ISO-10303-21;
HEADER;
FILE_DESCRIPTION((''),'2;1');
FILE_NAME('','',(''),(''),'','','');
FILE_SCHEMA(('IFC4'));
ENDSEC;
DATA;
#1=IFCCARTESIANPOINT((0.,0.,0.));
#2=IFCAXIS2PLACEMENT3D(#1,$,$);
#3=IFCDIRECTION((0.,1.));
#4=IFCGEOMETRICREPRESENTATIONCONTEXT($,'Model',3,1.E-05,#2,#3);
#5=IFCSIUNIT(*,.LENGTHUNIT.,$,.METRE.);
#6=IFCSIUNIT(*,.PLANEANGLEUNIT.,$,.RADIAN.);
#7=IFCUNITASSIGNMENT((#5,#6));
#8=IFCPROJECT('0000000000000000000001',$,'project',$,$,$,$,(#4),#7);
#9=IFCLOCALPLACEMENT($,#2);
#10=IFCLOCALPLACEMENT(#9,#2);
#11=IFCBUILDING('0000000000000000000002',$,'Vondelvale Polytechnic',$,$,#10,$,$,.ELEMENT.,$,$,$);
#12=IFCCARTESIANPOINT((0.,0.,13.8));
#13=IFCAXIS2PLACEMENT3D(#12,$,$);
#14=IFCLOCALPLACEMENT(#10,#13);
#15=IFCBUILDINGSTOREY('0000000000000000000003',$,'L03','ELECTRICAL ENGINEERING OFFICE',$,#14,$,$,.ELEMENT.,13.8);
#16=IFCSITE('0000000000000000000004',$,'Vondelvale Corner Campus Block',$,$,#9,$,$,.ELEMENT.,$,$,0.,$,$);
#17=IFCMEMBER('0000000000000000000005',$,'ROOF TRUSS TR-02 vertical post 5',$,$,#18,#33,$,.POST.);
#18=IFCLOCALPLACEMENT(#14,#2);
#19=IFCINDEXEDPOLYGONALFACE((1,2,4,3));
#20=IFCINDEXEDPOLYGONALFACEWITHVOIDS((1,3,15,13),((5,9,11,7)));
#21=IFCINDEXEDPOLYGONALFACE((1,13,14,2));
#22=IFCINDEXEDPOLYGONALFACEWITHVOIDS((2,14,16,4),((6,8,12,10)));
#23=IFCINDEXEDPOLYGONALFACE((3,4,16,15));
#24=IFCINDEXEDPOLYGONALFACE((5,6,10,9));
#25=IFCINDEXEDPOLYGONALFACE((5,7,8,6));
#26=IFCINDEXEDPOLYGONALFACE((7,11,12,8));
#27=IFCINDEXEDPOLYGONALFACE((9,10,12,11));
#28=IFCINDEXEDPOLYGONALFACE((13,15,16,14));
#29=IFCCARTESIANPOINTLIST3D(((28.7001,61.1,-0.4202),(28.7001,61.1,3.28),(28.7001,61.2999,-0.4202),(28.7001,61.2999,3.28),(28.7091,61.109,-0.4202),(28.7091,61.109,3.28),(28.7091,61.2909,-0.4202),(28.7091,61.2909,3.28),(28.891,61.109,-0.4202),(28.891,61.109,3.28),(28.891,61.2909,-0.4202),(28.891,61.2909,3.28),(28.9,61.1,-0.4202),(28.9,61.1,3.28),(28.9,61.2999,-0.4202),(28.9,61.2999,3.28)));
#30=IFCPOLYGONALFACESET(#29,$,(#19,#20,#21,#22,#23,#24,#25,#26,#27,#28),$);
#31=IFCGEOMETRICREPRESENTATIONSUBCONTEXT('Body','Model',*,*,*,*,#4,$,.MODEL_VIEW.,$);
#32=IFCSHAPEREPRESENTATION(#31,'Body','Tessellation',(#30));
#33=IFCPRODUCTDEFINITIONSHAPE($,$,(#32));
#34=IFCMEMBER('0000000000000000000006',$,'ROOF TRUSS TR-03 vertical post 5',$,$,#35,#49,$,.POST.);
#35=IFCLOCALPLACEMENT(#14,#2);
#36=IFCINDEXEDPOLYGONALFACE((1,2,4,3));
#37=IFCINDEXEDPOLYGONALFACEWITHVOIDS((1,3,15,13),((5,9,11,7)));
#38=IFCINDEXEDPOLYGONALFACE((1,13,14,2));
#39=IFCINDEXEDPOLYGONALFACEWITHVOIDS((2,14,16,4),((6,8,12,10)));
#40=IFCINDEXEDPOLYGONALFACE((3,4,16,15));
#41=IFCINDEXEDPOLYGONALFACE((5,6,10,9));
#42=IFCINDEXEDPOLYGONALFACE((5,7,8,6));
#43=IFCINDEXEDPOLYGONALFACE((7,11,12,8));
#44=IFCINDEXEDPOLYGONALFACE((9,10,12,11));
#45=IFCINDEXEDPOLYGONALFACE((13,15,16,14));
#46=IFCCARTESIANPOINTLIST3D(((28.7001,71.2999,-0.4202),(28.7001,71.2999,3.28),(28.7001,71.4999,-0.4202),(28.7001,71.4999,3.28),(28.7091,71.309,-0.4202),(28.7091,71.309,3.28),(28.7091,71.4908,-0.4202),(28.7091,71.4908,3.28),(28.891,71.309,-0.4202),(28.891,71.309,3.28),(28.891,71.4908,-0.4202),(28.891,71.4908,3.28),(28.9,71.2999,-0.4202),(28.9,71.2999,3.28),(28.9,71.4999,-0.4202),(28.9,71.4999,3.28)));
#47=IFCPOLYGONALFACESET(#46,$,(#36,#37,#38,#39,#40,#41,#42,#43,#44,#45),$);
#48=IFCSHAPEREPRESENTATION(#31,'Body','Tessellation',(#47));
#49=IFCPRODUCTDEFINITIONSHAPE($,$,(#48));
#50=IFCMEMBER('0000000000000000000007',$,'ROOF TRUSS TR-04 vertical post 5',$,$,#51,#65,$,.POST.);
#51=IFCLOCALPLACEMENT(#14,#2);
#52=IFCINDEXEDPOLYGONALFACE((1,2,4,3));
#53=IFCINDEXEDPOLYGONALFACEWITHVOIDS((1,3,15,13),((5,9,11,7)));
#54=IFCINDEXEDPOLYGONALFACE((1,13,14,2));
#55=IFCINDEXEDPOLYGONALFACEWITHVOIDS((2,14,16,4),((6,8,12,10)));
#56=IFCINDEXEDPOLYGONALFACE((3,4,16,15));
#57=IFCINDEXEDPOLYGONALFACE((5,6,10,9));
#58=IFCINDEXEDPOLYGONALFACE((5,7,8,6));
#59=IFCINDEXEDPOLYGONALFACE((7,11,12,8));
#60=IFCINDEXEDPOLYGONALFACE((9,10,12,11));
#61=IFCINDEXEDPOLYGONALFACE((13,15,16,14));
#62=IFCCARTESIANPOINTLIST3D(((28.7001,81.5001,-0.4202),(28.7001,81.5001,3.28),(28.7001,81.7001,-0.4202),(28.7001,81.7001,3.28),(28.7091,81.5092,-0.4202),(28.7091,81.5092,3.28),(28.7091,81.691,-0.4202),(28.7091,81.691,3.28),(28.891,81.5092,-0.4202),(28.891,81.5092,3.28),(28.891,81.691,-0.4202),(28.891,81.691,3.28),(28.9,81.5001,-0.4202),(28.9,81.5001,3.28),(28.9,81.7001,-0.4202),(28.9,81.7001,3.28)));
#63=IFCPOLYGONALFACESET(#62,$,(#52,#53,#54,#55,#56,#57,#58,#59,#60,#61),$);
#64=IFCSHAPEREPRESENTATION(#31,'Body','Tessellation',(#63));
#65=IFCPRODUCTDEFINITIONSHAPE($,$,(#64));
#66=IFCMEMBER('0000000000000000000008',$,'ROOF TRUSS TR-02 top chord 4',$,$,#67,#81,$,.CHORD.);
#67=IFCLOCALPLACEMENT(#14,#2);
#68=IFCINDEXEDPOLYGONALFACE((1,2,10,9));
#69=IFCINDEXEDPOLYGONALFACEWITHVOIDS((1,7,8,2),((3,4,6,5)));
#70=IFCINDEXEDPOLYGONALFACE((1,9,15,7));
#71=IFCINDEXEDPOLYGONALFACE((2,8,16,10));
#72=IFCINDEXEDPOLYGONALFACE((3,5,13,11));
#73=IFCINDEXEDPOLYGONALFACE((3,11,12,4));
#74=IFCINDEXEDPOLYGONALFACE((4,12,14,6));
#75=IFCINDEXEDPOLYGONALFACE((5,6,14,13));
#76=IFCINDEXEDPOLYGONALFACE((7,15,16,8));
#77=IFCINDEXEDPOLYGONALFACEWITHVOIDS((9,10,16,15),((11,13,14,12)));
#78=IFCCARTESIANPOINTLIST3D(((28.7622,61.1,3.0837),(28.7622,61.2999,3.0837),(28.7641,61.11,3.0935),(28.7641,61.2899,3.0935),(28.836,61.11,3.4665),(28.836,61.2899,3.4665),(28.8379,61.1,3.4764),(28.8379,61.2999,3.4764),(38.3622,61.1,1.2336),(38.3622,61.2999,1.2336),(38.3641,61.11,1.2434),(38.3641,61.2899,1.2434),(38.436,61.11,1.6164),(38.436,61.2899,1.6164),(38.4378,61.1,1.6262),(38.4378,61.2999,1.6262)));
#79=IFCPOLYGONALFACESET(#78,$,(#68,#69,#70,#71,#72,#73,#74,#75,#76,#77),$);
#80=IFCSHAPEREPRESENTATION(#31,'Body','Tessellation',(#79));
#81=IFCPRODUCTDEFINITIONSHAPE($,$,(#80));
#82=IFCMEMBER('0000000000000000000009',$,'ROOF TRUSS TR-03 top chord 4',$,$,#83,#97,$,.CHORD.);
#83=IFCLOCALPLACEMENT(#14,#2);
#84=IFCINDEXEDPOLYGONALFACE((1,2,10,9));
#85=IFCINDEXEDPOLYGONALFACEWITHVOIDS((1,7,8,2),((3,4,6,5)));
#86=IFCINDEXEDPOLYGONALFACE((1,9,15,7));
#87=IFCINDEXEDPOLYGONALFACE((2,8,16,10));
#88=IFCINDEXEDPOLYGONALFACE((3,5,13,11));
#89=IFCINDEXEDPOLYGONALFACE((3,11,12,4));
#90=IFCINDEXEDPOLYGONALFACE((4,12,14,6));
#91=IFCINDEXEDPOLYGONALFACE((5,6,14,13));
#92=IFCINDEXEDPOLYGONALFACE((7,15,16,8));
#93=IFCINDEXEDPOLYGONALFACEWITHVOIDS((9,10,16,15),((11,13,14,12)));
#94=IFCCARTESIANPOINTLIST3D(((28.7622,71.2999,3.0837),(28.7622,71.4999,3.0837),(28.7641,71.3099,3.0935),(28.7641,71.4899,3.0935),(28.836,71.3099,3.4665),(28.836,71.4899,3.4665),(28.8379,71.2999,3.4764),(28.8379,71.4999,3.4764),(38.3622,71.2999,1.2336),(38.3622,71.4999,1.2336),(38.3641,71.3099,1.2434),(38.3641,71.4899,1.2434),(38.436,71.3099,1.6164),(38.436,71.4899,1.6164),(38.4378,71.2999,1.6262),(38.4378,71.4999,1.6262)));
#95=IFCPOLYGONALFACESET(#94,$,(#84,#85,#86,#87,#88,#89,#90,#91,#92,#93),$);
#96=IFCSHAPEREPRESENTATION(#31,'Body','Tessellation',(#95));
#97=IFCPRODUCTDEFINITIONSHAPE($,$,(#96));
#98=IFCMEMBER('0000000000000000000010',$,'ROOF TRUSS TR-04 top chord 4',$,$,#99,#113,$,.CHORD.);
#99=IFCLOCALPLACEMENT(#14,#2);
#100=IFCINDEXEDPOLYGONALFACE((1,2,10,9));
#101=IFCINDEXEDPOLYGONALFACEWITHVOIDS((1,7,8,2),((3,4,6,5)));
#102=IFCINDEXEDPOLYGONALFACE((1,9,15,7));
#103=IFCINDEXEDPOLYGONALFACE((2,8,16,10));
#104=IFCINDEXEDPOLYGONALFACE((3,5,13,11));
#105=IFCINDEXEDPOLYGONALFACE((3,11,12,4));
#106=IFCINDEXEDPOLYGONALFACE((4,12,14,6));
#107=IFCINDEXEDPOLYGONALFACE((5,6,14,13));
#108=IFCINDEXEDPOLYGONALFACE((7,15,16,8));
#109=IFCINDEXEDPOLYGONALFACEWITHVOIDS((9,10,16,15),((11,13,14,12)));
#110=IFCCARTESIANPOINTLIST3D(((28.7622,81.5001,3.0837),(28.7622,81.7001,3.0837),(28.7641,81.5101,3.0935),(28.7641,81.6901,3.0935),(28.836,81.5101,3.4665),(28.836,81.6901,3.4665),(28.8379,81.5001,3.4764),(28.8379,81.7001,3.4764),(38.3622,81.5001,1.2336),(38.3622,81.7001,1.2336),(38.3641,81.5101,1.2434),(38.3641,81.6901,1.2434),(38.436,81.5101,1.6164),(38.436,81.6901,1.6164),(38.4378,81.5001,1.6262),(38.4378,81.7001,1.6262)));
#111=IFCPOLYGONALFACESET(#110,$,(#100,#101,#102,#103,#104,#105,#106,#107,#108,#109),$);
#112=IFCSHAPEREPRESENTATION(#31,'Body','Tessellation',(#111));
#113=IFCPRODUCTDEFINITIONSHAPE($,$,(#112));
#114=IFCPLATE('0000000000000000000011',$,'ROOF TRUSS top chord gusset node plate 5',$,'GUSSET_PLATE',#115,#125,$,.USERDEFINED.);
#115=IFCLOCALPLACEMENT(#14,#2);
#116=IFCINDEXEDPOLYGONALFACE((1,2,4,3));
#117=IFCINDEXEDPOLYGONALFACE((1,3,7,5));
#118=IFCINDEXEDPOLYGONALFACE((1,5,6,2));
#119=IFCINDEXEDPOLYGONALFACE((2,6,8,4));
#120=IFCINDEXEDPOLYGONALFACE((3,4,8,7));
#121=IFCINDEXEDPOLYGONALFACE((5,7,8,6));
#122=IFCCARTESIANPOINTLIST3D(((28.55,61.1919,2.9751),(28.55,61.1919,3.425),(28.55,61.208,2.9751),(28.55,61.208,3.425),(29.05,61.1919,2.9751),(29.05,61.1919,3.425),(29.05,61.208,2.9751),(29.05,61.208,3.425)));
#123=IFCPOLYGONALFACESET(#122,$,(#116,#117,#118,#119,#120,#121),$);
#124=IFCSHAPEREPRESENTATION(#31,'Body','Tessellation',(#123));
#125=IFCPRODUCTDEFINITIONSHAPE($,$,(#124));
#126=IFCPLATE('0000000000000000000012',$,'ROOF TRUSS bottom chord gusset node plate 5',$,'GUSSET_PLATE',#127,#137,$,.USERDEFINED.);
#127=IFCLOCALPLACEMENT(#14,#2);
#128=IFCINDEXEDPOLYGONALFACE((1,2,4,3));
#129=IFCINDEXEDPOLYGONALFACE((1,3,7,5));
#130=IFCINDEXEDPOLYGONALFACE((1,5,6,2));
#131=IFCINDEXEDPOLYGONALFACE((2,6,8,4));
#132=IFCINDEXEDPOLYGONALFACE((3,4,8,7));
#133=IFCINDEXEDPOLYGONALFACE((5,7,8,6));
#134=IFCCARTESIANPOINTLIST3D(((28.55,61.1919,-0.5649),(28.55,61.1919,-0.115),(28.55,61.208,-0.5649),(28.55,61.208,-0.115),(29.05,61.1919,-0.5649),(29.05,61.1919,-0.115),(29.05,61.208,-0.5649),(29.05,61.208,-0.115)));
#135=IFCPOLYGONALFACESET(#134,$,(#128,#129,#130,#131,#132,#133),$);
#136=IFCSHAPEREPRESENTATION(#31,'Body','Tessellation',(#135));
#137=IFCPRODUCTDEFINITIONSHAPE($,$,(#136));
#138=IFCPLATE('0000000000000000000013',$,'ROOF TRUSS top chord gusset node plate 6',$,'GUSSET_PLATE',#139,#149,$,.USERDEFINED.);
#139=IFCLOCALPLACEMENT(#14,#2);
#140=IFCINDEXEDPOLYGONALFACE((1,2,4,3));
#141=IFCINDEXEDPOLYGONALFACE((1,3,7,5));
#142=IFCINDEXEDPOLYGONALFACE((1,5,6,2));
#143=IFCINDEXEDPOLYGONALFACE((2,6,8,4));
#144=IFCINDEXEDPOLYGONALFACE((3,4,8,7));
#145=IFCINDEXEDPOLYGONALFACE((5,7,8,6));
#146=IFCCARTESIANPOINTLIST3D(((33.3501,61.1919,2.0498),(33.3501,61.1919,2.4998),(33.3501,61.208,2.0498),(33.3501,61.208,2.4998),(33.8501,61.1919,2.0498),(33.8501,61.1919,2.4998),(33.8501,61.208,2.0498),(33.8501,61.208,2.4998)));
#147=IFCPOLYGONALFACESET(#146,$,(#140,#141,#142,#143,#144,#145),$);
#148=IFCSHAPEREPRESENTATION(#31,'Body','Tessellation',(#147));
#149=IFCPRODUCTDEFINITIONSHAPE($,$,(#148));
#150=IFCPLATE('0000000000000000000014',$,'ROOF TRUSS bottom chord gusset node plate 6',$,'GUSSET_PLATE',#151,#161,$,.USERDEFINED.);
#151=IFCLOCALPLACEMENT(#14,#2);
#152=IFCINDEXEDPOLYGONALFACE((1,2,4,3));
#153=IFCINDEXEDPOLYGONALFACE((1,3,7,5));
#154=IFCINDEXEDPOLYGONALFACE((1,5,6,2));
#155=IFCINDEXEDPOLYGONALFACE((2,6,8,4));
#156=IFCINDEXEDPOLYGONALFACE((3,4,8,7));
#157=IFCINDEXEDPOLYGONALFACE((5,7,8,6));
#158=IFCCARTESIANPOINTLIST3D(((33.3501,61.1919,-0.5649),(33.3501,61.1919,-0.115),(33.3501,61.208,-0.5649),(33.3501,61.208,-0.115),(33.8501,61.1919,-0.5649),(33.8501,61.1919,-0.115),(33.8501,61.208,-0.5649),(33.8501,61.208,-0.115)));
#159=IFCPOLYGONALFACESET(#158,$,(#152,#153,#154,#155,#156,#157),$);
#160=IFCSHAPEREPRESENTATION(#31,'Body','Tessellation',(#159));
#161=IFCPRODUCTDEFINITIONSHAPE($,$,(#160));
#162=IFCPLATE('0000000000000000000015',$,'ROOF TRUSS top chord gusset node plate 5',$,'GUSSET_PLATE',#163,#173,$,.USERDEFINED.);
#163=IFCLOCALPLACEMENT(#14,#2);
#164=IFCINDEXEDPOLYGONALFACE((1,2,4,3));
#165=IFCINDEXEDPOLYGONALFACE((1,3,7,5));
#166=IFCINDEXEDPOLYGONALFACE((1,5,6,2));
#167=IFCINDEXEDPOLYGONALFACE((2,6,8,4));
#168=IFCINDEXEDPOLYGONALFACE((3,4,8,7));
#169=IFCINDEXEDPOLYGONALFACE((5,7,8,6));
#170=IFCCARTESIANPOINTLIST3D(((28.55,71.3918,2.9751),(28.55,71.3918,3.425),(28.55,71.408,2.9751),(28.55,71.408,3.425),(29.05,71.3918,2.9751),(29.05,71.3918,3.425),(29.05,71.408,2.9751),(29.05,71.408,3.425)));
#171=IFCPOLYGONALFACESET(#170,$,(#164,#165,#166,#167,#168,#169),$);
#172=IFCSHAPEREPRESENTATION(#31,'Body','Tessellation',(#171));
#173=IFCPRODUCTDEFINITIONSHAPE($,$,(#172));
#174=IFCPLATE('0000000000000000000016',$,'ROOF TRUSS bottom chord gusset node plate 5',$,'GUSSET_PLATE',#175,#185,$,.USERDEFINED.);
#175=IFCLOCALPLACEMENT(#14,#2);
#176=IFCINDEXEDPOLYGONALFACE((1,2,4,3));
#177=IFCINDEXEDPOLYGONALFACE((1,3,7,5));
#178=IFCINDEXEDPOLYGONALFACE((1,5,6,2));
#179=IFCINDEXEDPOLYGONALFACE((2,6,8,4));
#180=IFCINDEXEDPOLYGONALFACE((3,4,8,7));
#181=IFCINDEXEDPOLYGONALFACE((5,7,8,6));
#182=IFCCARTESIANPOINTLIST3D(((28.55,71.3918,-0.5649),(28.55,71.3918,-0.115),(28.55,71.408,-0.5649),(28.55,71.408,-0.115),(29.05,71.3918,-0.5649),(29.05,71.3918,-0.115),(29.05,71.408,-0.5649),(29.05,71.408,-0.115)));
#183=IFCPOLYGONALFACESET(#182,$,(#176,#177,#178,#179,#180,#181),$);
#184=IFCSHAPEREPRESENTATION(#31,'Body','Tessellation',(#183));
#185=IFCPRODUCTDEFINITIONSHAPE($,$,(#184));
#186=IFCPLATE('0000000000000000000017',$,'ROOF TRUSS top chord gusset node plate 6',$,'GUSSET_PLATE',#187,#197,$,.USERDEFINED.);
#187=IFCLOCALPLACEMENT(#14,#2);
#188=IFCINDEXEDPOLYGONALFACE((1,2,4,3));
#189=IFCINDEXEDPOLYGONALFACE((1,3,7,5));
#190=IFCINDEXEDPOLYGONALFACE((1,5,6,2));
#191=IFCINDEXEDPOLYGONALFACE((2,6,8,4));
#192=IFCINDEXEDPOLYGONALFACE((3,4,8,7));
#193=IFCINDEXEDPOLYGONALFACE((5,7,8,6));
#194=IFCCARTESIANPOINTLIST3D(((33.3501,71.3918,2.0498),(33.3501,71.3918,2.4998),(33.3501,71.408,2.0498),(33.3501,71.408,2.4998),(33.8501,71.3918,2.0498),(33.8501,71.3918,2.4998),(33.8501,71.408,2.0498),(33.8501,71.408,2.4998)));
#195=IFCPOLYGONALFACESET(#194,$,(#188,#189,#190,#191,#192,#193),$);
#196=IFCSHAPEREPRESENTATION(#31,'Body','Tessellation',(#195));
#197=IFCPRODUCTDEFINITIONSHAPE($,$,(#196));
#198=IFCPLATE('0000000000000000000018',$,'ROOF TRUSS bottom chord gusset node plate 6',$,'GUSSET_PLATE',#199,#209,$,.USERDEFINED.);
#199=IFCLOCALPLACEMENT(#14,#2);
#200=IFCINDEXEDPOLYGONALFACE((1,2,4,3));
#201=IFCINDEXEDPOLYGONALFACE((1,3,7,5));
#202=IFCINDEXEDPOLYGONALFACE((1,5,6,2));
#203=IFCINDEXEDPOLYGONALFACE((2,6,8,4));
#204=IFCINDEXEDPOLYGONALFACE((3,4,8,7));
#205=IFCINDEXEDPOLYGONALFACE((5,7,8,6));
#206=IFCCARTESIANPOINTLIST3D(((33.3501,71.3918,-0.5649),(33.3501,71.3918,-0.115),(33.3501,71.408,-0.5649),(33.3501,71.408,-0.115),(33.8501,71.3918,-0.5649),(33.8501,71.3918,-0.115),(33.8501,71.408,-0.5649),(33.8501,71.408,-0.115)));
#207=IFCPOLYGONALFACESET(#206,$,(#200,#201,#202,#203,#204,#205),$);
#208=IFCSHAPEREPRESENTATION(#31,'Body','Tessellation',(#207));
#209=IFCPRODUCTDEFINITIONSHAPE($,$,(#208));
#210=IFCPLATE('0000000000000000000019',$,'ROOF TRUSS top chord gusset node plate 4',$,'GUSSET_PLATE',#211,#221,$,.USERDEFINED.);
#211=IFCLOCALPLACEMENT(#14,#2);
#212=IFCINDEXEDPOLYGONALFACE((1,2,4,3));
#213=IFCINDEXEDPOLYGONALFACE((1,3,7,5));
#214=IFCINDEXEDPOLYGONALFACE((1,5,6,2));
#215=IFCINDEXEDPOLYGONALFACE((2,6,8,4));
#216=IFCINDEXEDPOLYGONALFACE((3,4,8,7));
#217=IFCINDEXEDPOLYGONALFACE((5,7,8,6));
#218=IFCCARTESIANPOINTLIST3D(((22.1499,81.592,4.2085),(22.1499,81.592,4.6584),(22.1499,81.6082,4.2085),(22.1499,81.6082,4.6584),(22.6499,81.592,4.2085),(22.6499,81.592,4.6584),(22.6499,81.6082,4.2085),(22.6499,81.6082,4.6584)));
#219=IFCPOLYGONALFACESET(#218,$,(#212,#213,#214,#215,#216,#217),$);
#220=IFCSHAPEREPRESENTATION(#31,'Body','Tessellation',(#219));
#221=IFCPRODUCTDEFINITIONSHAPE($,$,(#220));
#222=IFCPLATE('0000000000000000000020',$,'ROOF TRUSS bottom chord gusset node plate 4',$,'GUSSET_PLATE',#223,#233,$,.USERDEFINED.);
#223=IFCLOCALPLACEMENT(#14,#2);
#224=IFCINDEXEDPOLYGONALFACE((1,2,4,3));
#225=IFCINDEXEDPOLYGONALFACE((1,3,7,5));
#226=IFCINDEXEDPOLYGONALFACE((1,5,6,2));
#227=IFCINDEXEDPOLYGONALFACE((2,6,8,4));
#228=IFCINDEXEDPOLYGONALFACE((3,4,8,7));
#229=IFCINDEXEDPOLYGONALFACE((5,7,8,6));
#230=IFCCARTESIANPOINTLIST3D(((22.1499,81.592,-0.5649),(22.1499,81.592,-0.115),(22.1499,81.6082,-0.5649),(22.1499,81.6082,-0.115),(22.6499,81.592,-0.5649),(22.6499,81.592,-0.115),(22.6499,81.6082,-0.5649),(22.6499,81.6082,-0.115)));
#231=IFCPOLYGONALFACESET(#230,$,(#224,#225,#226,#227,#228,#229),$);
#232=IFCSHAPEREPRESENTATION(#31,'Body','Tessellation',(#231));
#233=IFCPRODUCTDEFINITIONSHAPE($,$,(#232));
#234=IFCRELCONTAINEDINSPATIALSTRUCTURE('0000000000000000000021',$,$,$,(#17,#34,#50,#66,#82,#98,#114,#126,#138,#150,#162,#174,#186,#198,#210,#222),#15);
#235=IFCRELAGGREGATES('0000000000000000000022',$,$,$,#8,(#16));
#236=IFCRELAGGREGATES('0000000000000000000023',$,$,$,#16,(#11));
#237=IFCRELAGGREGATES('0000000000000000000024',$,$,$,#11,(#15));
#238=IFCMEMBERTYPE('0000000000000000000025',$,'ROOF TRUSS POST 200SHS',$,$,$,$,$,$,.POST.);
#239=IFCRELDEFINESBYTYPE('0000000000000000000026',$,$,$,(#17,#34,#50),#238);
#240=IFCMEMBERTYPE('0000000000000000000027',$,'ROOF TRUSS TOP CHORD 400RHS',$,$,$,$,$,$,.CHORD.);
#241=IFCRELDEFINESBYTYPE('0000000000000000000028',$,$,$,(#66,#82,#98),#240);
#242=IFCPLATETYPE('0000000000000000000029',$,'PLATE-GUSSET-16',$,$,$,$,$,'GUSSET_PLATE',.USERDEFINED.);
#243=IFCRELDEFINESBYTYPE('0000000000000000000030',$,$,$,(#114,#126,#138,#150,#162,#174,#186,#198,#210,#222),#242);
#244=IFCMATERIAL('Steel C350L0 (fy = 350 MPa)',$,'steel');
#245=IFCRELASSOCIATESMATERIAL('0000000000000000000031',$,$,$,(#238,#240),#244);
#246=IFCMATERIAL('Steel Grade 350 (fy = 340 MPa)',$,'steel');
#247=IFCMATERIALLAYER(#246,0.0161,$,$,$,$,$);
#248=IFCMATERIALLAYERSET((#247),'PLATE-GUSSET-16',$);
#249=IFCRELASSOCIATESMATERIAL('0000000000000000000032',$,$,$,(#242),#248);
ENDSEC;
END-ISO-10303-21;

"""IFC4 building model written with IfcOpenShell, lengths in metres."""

from ifc_helpers import new_model, si_unit, direction, frame, origin, origin_2d, place, context, subcontext, project, spatial, rectangle, hollow_rectangle, extrude, material, layer, layer_set, material_profile, profile_set, type_object, element, save


model = new_model("IFC4")

# Units and contexts
model_context = context("Model", 3, precision=1e-05, world=origin(), true_north=direction((0.0, 1.0)))
body_context = subcontext(model_context, "Body", "Model", "MODEL_VIEW")
ifc_project = project(units=[si_unit("LENGTHUNIT", "METRE"), si_unit("PLANEANGLEUNIT", "RADIAN")], contexts=[model_context])

# Site, building, storey
site_placement = place(None, origin())
site = spatial("IfcSite", under=ifc_project, at=site_placement, Name="Vondelvale Corner Campus Block", CompositionType="ELEMENT", RefElevation=0.0)
building_placement = place(site_placement, origin())
building = spatial("IfcBuilding", under=site, at=building_placement, Name="Vondelvale Polytechnic", CompositionType="ELEMENT")
storey_placement = place(building_placement, frame((0.0, 0.0, 13.8)))
storey = spatial("IfcBuildingStorey", under=building, at=storey_placement, Name="L03", Description="ELECTRICAL ENGINEERING OFFICE", CompositionType="ELEMENT", Elevation=13.8)

# Members
ifc_material_1 = material(Name="Steel C350L0 (fy = 350 MPa)", Category="steel")
ifc_material_profile_1 = material_profile(ifc_material_1, hollow_rectangle(XDim=0.2, YDim=0.2, WallThickness=0.009, at=origin_2d()), Name="200x200x9.0SHS")
ifc_profile_set_1 = profile_set([ifc_material_profile_1], Name="Steel C350L0 (fy = 350 MPa)")
member_type_1 = type_object("IfcMemberType", Name="ROOF TRUSS POST 200SHS", PredefinedType="POST", material=ifc_profile_set_1)
for number, where, z_axis, x_axis, name in (
    (1, (28.8, 61.2, -0.4202), (0.0, 0.0, 1.0), (1.0, 0.0, 0.0), "ROOF TRUSS TR-02 vertical post 5"),
    (2, (28.8, 71.3999, -0.4202), (0.0, 0.0, 1.0), (1.0, 0.0, 0.0), "ROOF TRUSS TR-03 vertical post 5"),
    (3, (28.8, 81.6001, -0.4202), (0.0, 0.0, 1.0), (1.0, 0.0, 0.0), "ROOF TRUSS TR-04 vertical post 5"),
):
    element("IfcMember", number, at=place(storey_placement, frame(where, z_axis=z_axis, x_axis=x_axis)), inside=storey, type_object=member_type_1, Name=name, PredefinedType="POST", context=body_context, shape_type="SweptSolid", body=[
        extrude(hollow_rectangle(XDim=0.2, YDim=0.2, WallThickness=0.009, at=origin_2d()), origin(), (0.0, 0.0, 1.0), 3.7002),
    ])
ifc_material_profile_2 = material_profile(ifc_material_1, hollow_rectangle(XDim=0.2, YDim=0.3999, WallThickness=0.01, at=origin_2d()), Name="400x200x10.0RHS")
ifc_profile_set_2 = profile_set([ifc_material_profile_2], Name="Steel C350L0 (fy = 350 MPa)")
member_type_2 = type_object("IfcMemberType", Name="ROOF TRUSS TOP CHORD 400RHS", PredefinedType="CHORD", material=ifc_profile_set_2)
for number, where, z_axis, x_axis, name in (
    (4, (28.8, 61.2, 3.28), (0.981931, 0.0, -0.189239), (0.0, 1.0, 0.0), "ROOF TRUSS TR-02 top chord 4"),
    (5, (28.8, 71.3999, 3.28), (0.981931, 0.0, -0.189239), (0.0, 1.0, 0.0), "ROOF TRUSS TR-03 top chord 4"),
    (6, (28.8, 81.6001, 3.28), (0.981931, 0.0, -0.189239), (0.0, 1.0, 0.0), "ROOF TRUSS TR-04 top chord 4"),
):
    element("IfcMember", number, at=place(storey_placement, frame(where, z_axis=z_axis, x_axis=x_axis)), inside=storey, type_object=member_type_2, Name=name, PredefinedType="CHORD", context=body_context, shape_type="SweptSolid", body=[
        extrude(hollow_rectangle(XDim=0.2, YDim=0.3999, WallThickness=0.01, at=origin_2d()), origin(), (0.0, 0.0, 1.0), 9.7766),
    ])

# Plates
ifc_material_2 = material(Name="Steel Grade 350 (fy = 340 MPa)", Category="steel")
ifc_layer = layer(ifc_material_2, 0.0161)
ifc_layer_set = layer_set([ifc_layer], Name="PLATE-GUSSET-16")
plate_type = type_object("IfcPlateType", Name="PLATE-GUSSET-16", ElementType="GUSSET_PLATE", PredefinedType="USERDEFINED", material=ifc_layer_set)
for number, where, z_axis, x_axis, name in (
    (7, (28.8, 61.2, 2.9751), (0.0, 0.0, 1.0), (1.0, 0.0, 0.0), "ROOF TRUSS top chord gusset node plate 5"),
    (8, (28.8, 61.2, -0.5649), (0.0, 0.0, 1.0), (1.0, 0.0, 0.0), "ROOF TRUSS bottom chord gusset node plate 5"),
    (9, (33.6001, 61.2, 2.0498), (0.0, 0.0, 1.0), (1.0, 0.0, 0.0), "ROOF TRUSS top chord gusset node plate 6"),
    (10, (33.6001, 61.2, -0.5649), (0.0, 0.0, 1.0), (1.0, 0.0, 0.0), "ROOF TRUSS bottom chord gusset node plate 6"),
    (11, (28.8, 71.3999, 2.9751), (0.0, 0.0, 1.0), (1.0, 0.0, 0.0), "ROOF TRUSS top chord gusset node plate 5"),
    (12, (28.8, 71.3999, -0.5649), (0.0, 0.0, 1.0), (1.0, 0.0, 0.0), "ROOF TRUSS bottom chord gusset node plate 5"),
    (13, (33.6001, 71.3999, 2.0498), (0.0, 0.0, 1.0), (1.0, 0.0, 0.0), "ROOF TRUSS top chord gusset node plate 6"),
    (14, (33.6001, 71.3999, -0.5649), (0.0, 0.0, 1.0), (1.0, 0.0, 0.0), "ROOF TRUSS bottom chord gusset node plate 6"),
    (15, (22.3999, 81.6001, 4.2085), (0.0, 0.0, 1.0), (1.0, 0.0, 0.0), "ROOF TRUSS top chord gusset node plate 4"),
    (16, (22.3999, 81.6001, -0.5649), (0.0, 0.0, 1.0), (1.0, 0.0, 0.0), "ROOF TRUSS bottom chord gusset node plate 4"),
):
    element("IfcPlate", number, at=place(storey_placement, frame(where, z_axis=z_axis, x_axis=x_axis)), inside=storey, type_object=plate_type, Name=name, ObjectType="GUSSET_PLATE", PredefinedType="USERDEFINED", context=body_context, shape_type="SweptSolid", body=[
        extrude(rectangle(XDim=0.5, YDim=0.0161, at=origin_2d()), origin(), (0.0, 0.0, 1.0), 0.45),
    ])

save(model, "model.ifc")
